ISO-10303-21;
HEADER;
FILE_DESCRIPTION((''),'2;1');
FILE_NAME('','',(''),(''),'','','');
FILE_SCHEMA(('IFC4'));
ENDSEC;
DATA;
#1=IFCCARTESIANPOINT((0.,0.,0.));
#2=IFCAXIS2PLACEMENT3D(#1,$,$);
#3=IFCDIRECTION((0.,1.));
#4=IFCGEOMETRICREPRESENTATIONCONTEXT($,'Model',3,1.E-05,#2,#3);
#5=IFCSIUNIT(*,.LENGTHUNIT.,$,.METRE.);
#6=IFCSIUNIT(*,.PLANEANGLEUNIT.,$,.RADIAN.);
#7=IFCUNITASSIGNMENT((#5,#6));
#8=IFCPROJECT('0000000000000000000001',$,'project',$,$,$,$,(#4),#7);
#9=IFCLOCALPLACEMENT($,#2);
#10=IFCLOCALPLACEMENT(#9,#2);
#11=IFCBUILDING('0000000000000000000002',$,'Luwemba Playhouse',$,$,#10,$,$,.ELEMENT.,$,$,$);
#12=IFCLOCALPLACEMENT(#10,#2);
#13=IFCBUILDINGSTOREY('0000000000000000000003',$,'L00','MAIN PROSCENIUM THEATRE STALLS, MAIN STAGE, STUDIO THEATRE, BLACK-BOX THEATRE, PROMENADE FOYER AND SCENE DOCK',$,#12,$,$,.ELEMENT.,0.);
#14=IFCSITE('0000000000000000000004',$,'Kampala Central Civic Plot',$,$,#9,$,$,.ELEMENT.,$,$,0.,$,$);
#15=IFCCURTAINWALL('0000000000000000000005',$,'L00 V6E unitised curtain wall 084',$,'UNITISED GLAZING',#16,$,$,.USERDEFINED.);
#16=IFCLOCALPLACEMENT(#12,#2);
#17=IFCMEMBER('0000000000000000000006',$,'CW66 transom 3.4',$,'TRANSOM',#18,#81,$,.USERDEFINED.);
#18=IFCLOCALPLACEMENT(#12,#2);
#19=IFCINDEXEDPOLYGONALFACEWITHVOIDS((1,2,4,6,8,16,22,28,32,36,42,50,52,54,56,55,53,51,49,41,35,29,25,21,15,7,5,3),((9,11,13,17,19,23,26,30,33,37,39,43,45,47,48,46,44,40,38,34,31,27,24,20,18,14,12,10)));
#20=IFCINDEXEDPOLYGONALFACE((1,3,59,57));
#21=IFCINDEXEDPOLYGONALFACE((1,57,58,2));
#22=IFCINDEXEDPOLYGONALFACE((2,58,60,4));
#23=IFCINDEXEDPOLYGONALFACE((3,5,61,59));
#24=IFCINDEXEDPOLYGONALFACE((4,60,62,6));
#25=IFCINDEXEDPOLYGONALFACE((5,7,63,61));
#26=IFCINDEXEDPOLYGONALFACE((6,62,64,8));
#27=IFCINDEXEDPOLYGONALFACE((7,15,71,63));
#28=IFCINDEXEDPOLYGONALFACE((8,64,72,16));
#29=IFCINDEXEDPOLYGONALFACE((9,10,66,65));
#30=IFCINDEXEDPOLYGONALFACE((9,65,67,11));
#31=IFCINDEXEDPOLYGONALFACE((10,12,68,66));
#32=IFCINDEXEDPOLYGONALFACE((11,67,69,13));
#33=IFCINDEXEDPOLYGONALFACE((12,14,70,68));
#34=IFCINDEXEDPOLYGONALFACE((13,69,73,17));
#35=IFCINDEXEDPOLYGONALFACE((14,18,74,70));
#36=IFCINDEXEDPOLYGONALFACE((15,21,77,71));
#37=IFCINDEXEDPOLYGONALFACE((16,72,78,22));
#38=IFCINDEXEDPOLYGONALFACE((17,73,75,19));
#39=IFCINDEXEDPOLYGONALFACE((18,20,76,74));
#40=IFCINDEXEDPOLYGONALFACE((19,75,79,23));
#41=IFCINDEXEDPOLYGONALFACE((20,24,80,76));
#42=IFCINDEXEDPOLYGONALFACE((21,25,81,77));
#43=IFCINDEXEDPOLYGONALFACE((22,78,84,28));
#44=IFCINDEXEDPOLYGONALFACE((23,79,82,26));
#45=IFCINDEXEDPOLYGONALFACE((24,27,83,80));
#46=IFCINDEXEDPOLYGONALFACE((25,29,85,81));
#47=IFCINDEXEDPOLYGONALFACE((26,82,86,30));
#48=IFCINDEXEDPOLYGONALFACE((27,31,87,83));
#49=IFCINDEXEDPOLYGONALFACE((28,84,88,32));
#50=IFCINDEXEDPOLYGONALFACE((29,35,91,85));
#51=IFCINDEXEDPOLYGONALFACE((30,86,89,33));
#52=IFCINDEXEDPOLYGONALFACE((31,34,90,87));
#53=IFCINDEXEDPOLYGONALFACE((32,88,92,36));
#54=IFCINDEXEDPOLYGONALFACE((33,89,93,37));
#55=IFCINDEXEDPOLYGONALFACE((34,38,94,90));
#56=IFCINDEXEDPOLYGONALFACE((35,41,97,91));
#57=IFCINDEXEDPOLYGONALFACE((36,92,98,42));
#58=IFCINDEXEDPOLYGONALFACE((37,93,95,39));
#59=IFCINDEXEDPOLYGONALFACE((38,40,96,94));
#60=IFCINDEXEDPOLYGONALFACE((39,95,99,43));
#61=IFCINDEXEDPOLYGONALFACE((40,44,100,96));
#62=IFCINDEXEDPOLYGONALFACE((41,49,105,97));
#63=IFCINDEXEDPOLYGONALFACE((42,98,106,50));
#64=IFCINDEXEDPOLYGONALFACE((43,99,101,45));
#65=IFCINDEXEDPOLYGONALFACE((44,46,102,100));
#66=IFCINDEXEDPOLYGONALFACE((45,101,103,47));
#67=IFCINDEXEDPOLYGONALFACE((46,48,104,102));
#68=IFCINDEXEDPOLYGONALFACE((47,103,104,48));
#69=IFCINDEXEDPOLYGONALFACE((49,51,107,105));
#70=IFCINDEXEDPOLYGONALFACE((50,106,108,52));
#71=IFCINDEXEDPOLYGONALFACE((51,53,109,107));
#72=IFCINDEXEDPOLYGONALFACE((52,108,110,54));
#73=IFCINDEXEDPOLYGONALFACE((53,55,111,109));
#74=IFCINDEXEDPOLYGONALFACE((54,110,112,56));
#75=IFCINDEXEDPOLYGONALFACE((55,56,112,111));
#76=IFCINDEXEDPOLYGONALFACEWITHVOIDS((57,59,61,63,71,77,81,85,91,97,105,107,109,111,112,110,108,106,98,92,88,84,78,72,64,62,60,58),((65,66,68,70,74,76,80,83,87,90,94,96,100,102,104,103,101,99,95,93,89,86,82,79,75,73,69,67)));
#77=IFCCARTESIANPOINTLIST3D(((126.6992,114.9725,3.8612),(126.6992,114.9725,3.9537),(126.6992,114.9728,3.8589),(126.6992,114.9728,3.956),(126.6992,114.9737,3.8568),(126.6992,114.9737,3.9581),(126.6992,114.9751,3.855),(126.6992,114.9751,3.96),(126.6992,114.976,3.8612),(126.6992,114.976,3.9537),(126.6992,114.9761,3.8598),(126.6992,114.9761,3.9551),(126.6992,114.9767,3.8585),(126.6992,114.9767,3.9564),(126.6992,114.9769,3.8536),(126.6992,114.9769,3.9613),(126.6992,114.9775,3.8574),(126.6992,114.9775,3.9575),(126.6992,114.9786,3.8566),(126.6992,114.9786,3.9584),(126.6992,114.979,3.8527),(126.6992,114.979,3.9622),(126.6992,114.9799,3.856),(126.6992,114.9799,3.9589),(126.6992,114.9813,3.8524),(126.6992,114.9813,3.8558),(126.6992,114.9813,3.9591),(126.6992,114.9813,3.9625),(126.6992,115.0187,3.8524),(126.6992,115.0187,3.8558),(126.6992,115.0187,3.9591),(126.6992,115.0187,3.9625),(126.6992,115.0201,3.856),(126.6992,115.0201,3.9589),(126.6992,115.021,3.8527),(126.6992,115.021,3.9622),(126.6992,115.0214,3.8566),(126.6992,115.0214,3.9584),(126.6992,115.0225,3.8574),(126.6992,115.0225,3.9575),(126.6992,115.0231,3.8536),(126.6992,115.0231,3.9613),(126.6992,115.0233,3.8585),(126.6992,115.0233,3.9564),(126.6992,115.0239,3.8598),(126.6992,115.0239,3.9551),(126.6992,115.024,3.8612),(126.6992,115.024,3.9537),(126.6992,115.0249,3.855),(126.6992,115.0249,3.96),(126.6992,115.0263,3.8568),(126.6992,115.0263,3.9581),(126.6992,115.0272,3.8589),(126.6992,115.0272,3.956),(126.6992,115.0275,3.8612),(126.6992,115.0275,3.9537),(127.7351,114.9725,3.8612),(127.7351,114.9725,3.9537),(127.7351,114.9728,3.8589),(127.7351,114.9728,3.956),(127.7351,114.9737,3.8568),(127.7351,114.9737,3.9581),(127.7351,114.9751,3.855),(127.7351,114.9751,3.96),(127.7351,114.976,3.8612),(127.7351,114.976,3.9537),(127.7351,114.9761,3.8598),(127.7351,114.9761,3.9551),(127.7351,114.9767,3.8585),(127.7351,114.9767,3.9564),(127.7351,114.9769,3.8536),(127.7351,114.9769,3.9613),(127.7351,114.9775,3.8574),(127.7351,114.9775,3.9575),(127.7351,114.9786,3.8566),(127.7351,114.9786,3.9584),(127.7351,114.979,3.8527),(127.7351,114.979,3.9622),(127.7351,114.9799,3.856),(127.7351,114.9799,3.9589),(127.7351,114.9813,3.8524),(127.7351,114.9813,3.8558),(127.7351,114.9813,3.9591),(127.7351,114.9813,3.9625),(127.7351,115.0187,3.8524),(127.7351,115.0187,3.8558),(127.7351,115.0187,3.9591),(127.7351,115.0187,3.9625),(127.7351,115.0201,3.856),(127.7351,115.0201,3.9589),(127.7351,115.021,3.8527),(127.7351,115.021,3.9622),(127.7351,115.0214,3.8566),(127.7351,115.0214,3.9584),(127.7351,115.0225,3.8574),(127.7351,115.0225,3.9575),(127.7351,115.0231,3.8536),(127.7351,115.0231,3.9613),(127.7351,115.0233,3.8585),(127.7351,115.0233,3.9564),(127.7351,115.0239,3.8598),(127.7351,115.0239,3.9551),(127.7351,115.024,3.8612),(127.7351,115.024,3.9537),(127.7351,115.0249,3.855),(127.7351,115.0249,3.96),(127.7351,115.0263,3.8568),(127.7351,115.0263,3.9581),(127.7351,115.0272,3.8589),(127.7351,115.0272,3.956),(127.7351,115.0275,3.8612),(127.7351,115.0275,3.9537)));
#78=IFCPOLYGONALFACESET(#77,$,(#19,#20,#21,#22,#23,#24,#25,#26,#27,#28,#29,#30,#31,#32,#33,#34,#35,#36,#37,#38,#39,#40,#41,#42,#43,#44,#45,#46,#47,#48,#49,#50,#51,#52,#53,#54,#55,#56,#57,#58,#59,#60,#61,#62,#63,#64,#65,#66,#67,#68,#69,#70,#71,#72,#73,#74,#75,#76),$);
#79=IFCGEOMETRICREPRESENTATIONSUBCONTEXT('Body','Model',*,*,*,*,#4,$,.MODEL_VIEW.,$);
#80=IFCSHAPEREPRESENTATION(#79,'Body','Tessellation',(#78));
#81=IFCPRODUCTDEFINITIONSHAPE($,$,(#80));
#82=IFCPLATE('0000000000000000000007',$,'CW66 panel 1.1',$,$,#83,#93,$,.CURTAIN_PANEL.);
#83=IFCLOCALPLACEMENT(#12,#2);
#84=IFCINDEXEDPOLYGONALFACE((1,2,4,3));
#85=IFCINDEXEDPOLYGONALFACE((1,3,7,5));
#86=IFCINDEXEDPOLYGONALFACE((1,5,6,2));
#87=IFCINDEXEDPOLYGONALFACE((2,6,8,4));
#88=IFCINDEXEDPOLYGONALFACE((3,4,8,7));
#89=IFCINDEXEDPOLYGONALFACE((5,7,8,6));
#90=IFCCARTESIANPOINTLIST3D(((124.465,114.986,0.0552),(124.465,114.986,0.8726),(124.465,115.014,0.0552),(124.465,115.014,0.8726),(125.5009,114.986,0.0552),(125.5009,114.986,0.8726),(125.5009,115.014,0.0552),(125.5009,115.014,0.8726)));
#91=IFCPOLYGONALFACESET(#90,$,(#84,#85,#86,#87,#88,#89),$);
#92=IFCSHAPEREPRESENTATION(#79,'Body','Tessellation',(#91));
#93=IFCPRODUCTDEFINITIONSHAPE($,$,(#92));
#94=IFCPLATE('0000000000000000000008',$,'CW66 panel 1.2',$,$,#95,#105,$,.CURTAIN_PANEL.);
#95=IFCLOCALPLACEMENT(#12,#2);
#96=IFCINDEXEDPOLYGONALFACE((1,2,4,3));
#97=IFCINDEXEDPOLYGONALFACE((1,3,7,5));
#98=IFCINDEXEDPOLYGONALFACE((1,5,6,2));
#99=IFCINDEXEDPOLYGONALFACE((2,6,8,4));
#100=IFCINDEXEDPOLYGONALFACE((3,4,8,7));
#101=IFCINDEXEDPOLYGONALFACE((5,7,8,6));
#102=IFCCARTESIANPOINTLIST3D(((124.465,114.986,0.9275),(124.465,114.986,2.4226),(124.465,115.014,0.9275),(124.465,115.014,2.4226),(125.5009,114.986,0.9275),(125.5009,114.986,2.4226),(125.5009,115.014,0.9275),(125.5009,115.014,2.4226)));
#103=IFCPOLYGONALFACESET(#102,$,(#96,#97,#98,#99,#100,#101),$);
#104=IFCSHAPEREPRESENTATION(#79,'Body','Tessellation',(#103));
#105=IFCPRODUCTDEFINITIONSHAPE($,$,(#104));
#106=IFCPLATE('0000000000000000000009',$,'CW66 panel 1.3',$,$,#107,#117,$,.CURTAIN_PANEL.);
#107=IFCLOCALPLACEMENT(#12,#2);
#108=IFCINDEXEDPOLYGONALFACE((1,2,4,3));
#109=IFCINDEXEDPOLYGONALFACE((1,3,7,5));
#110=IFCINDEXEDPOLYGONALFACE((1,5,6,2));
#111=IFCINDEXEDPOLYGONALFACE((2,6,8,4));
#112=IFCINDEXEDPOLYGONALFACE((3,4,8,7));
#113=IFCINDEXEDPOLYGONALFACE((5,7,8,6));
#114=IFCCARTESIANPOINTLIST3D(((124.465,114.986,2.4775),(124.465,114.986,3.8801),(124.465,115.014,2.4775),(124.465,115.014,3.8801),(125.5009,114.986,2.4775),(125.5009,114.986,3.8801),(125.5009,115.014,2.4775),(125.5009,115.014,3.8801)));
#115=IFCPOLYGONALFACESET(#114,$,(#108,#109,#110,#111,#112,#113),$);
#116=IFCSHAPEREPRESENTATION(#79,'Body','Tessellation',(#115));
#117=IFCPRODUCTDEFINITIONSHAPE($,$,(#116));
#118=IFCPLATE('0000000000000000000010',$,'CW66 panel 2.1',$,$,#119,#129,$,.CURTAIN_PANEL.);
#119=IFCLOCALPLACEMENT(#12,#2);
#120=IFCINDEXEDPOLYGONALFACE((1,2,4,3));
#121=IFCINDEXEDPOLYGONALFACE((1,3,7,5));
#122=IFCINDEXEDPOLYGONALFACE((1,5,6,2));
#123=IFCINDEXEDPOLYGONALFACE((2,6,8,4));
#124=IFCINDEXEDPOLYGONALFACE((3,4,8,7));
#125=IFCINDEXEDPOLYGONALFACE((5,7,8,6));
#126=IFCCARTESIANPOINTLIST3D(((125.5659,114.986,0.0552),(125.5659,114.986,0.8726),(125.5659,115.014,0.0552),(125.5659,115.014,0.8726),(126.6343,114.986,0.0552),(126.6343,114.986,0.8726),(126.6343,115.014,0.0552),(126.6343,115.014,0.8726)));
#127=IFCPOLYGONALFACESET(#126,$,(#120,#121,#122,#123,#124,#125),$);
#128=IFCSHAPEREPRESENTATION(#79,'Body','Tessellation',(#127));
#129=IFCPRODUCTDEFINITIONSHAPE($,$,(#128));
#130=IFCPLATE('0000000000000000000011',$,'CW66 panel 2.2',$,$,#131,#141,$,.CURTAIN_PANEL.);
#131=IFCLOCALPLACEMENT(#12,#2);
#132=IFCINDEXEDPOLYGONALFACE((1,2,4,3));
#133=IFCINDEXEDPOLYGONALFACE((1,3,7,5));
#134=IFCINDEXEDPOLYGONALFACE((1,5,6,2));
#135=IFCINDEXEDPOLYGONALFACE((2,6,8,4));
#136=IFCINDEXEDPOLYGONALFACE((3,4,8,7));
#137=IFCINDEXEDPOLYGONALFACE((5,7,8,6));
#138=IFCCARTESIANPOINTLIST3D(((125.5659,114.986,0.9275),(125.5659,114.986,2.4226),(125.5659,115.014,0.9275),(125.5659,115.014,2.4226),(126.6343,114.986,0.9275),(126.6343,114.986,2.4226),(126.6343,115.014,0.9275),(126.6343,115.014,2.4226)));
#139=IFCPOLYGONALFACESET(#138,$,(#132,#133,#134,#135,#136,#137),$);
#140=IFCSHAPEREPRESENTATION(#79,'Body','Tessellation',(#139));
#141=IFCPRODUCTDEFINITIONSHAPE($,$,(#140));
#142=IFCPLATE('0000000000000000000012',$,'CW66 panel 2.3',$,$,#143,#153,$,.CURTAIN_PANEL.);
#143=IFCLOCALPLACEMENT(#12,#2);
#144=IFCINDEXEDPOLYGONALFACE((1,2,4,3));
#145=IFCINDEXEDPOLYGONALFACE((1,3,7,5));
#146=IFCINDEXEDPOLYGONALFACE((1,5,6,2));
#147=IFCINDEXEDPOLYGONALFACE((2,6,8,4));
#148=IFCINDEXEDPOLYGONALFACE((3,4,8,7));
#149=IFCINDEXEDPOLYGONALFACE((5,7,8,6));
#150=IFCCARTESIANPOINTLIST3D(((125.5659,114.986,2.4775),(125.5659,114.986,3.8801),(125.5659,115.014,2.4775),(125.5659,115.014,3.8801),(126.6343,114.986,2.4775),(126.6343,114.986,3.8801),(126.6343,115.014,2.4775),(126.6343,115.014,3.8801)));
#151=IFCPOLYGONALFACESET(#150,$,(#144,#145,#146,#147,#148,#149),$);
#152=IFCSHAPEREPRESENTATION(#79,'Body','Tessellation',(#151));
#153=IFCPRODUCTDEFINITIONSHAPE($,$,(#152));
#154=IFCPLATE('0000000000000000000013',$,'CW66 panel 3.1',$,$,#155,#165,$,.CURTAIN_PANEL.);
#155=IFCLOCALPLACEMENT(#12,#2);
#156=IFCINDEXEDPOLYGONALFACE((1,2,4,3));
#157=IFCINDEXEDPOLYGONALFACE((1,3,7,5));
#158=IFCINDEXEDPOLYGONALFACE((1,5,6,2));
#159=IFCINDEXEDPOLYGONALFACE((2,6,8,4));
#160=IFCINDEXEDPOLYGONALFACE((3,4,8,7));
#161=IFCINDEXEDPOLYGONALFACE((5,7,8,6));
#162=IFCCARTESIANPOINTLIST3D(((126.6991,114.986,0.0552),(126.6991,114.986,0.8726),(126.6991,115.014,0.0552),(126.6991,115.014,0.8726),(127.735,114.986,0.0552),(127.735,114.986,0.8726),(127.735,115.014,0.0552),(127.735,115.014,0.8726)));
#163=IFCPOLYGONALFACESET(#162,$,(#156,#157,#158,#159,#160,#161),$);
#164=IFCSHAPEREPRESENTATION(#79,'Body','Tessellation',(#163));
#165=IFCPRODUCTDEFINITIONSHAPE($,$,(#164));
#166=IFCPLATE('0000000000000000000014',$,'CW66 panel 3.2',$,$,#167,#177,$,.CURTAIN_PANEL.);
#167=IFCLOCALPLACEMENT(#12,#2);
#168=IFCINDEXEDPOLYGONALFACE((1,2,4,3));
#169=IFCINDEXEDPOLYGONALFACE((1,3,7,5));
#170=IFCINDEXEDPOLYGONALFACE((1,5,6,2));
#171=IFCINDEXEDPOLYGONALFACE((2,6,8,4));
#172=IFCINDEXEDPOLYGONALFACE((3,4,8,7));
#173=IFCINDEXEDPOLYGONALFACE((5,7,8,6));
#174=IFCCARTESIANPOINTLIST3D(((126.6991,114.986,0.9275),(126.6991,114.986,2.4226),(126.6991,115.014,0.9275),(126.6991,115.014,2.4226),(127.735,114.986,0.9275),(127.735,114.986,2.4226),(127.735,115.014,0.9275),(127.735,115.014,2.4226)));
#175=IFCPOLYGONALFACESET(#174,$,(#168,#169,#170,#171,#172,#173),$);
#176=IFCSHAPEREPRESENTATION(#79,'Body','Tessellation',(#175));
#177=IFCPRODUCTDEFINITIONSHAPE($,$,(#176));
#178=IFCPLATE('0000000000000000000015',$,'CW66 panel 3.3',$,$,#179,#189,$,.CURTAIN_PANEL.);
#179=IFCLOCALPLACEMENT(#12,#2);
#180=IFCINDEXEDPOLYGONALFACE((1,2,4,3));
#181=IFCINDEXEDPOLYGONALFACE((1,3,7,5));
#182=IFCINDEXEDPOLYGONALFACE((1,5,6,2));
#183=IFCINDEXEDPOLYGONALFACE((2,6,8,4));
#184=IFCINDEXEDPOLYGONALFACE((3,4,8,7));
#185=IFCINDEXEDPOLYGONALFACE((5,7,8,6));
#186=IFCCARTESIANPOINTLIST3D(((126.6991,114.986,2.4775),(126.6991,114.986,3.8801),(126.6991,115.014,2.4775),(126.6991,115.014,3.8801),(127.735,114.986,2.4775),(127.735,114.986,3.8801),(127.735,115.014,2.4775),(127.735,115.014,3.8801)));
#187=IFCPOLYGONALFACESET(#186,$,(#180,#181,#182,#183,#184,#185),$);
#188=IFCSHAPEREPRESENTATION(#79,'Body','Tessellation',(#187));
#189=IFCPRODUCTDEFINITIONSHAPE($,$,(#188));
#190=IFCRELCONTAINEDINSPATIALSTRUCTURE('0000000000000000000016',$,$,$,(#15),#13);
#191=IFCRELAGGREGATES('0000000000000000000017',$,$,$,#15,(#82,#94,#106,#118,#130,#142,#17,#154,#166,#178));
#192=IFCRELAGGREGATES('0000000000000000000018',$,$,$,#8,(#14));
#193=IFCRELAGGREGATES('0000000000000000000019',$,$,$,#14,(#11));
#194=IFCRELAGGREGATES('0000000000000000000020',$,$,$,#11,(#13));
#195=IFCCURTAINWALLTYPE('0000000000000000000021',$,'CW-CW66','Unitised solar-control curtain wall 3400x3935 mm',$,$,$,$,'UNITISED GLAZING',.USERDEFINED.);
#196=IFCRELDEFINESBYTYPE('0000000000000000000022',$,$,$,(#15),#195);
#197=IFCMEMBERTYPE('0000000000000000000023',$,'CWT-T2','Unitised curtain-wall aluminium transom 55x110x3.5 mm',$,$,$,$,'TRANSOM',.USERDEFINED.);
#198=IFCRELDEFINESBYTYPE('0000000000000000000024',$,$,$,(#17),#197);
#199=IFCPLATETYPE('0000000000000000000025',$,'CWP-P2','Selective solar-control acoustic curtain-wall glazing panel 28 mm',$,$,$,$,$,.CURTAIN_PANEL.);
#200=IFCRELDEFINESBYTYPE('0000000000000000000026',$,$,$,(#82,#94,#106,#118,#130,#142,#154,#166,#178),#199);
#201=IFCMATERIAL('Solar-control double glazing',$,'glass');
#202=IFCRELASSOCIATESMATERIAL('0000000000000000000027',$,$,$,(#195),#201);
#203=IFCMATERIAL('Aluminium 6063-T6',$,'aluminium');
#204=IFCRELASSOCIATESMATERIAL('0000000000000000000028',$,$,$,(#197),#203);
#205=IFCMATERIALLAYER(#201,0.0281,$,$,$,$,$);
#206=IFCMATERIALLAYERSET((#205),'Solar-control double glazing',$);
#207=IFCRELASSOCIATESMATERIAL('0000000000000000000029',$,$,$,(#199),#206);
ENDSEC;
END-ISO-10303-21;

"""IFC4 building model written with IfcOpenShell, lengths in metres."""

from ifc_helpers import new_model, si_unit, direction, frame, origin, origin_2d, place, context, subcontext, project, spatial, rectangle, hollow_rectangle, extrude, material, layer, layer_set, material_profile, profile_set, type_object, element, aggregate, save


model = new_model("IFC4")

# Units and contexts
model_context = context("Model", 3, precision=1e-05, world=origin(), true_north=direction((0.0, 1.0)))
body_context = subcontext(model_context, "Body", "Model", "MODEL_VIEW")
ifc_project = project(units=[si_unit("LENGTHUNIT", "METRE"), si_unit("PLANEANGLEUNIT", "RADIAN")], contexts=[model_context])

# Site, building, storey
site_placement = place(None, origin())
site = spatial("IfcSite", under=ifc_project, at=site_placement, Name="Kampala Central Civic Plot", CompositionType="ELEMENT", RefElevation=0.0)
building_placement = place(site_placement, origin())
building = spatial("IfcBuilding", under=site, at=building_placement, Name="Luwemba Playhouse", CompositionType="ELEMENT")
storey_placement = place(building_placement, origin())
storey = spatial("IfcBuildingStorey", under=building, at=storey_placement, Name="L00", Description="MAIN PROSCENIUM THEATRE STALLS, MAIN STAGE, STUDIO THEATRE, BLACK-BOX THEATRE, PROMENADE FOYER AND SCENE DOCK", CompositionType="ELEMENT", Elevation=0.0)

# Curtain wall, member, plates
ifc_material_1 = material(Name="Solar-control double glazing", Category="glass")
curtain_wall_type = type_object("IfcCurtainWallType", Name="CW-CW66", Description="Unitised solar-control curtain wall 3400x3935 mm", ElementType="UNITISED GLAZING", PredefinedType="USERDEFINED", material=ifc_material_1)
curtain_wall_placement = place(storey_placement, origin())
curtain_wall = element("IfcCurtainWall", 1, at=curtain_wall_placement, inside=storey, type_object=curtain_wall_type, Name="L00 V6E unitised curtain wall 084", ObjectType="UNITISED GLAZING", PredefinedType="USERDEFINED")
ifc_material_2 = material(Name="Aluminium 6063-T6", Category="aluminium")
ifc_material_profile_1 = material_profile(ifc_material_2, hollow_rectangle(XDim=0.0549, YDim=0.1101, WallThickness=0.0034, InnerFilletRadius=0.0054, OuterFilletRadius=0.0088, at=origin_2d()))
ifc_profile_set_1 = profile_set([ifc_material_profile_1], Name="Aluminium 6063-T6")
member_type_1 = type_object("IfcMemberType", Name="CWT-T2", Description="Unitised curtain-wall aluminium transom 55x110x3.5 mm", ElementType="TRANSOM", PredefinedType="USERDEFINED", material=ifc_profile_set_1)
member_1_placement = place(storey_placement, frame((126.6992, 115.0, 3.9075), z_axis=(1.0, 0.0, 0.0), x_axis=(0.0, 1.0, 0.0)))
member_1 = element("IfcMember", 2, at=member_1_placement, type_object=member_type_1, Name="CW66 transom 3.4", ObjectType="TRANSOM", PredefinedType="USERDEFINED", context=body_context, shape_type="SweptSolid", body=[
    extrude(hollow_rectangle(XDim=0.0549, YDim=0.1101, WallThickness=0.0034, InnerFilletRadius=0.0054, OuterFilletRadius=0.0088, at=origin_2d()), origin(), (0.0, 0.0, 1.0), 1.0359),
])
ifc_layer_1 = layer(ifc_material_1, 0.0281)
ifc_layer_set_1 = layer_set([ifc_layer_1], Name="Solar-control double glazing")
plate_type = type_object("IfcPlateType", Name="CWP-P2", Description="Selective solar-control acoustic curtain-wall glazing panel 28 mm", PredefinedType="CURTAIN_PANEL", material=ifc_layer_set_1)
plate_1_placement = place(storey_placement, frame((124.9829, 115.0, 0.0552), z_axis=(0.0, 0.0, 1.0), x_axis=(1.0, 0.0, 0.0)))
plate_1 = element("IfcPlate", 3, at=plate_1_placement, type_object=plate_type, Name="CW66 panel 1.1", PredefinedType="CURTAIN_PANEL", context=body_context, shape_type="SweptSolid", body=[
    extrude(rectangle(XDim=1.0359, YDim=0.0281, at=origin_2d()), origin(), (0.0, 0.0, 1.0), 0.8174),
])
plate_2_placement = place(storey_placement, frame((124.9829, 115.0, 0.9275), z_axis=(0.0, 0.0, 1.0), x_axis=(1.0, 0.0, 0.0)))
plate_2 = element("IfcPlate", 4, at=plate_2_placement, type_object=plate_type, Name="CW66 panel 1.2", PredefinedType="CURTAIN_PANEL", context=body_context, shape_type="SweptSolid", body=[
    extrude(rectangle(XDim=1.0359, YDim=0.0281, at=origin_2d()), origin(), (0.0, 0.0, 1.0), 1.4951),
])
plate_3_placement = place(storey_placement, frame((124.9829, 115.0, 2.4775), z_axis=(0.0, 0.0, 1.0), x_axis=(1.0, 0.0, 0.0)))
plate_3 = element("IfcPlate", 5, at=plate_3_placement, type_object=plate_type, Name="CW66 panel 1.3", PredefinedType="CURTAIN_PANEL", context=body_context, shape_type="SweptSolid", body=[
    extrude(rectangle(XDim=1.0359, YDim=0.0281, at=origin_2d()), origin(), (0.0, 0.0, 1.0), 1.4026),
])
plate_4_placement = place(storey_placement, frame((126.1001, 115.0, 0.0552), z_axis=(0.0, 0.0, 1.0), x_axis=(1.0, 0.0, 0.0)))
plate_4 = element("IfcPlate", 6, at=plate_4_placement, type_object=plate_type, Name="CW66 panel 2.1", PredefinedType="CURTAIN_PANEL", context=body_context, shape_type="SweptSolid", body=[
    extrude(rectangle(XDim=1.0684, YDim=0.0281, at=origin_2d()), origin(), (0.0, 0.0, 1.0), 0.8174),
])
plate_5_placement = place(storey_placement, frame((126.1001, 115.0, 0.9275), z_axis=(0.0, 0.0, 1.0), x_axis=(1.0, 0.0, 0.0)))
plate_5 = element("IfcPlate", 7, at=plate_5_placement, type_object=plate_type, Name="CW66 panel 2.2", PredefinedType="CURTAIN_PANEL", context=body_context, shape_type="SweptSolid", body=[
    extrude(rectangle(XDim=1.0684, YDim=0.0281, at=origin_2d()), origin(), (0.0, 0.0, 1.0), 1.4951),
])
plate_6_placement = place(storey_placement, frame((126.1001, 115.0, 2.4775), z_axis=(0.0, 0.0, 1.0), x_axis=(1.0, 0.0, 0.0)))
plate_6 = element("IfcPlate", 8, at=plate_6_placement, type_object=plate_type, Name="CW66 panel 2.3", PredefinedType="CURTAIN_PANEL", context=body_context, shape_type="SweptSolid", body=[
    extrude(rectangle(XDim=1.0684, YDim=0.0281, at=origin_2d()), origin(), (0.0, 0.0, 1.0), 1.4026),
])
plate_7_placement = place(storey_placement, frame((127.217, 115.0, 0.0552), z_axis=(0.0, 0.0, 1.0), x_axis=(1.0, 0.0, 0.0)))
plate_7 = element("IfcPlate", 9, at=plate_7_placement, type_object=plate_type, Name="CW66 panel 3.1", PredefinedType="CURTAIN_PANEL", context=body_context, shape_type="SweptSolid", body=[
    extrude(rectangle(XDim=1.0359, YDim=0.0281, at=origin_2d()), origin(), (0.0, 0.0, 1.0), 0.8174),
])
plate_8_placement = place(storey_placement, frame((127.217, 115.0, 0.9275), z_axis=(0.0, 0.0, 1.0), x_axis=(1.0, 0.0, 0.0)))
plate_8 = element("IfcPlate", 10, at=plate_8_placement, type_object=plate_type, Name="CW66 panel 3.2", PredefinedType="CURTAIN_PANEL", context=body_context, shape_type="SweptSolid", body=[
    extrude(rectangle(XDim=1.0359, YDim=0.0281, at=origin_2d()), origin(), (0.0, 0.0, 1.0), 1.4951),
])
plate_9_placement = place(storey_placement, frame((127.217, 115.0, 2.4775), z_axis=(0.0, 0.0, 1.0), x_axis=(1.0, 0.0, 0.0)))
plate_9 = element("IfcPlate", 11, at=plate_9_placement, type_object=plate_type, Name="CW66 panel 3.3", PredefinedType="CURTAIN_PANEL", context=body_context, shape_type="SweptSolid", body=[
    extrude(rectangle(XDim=1.0359, YDim=0.0281, at=origin_2d()), origin(), (0.0, 0.0, 1.0), 1.4026),
])
aggregate(curtain_wall, [plate_1, plate_2, plate_3, plate_4, plate_5, plate_6, member_1, plate_7, plate_8, plate_9])

save(model, "model.ifc")
